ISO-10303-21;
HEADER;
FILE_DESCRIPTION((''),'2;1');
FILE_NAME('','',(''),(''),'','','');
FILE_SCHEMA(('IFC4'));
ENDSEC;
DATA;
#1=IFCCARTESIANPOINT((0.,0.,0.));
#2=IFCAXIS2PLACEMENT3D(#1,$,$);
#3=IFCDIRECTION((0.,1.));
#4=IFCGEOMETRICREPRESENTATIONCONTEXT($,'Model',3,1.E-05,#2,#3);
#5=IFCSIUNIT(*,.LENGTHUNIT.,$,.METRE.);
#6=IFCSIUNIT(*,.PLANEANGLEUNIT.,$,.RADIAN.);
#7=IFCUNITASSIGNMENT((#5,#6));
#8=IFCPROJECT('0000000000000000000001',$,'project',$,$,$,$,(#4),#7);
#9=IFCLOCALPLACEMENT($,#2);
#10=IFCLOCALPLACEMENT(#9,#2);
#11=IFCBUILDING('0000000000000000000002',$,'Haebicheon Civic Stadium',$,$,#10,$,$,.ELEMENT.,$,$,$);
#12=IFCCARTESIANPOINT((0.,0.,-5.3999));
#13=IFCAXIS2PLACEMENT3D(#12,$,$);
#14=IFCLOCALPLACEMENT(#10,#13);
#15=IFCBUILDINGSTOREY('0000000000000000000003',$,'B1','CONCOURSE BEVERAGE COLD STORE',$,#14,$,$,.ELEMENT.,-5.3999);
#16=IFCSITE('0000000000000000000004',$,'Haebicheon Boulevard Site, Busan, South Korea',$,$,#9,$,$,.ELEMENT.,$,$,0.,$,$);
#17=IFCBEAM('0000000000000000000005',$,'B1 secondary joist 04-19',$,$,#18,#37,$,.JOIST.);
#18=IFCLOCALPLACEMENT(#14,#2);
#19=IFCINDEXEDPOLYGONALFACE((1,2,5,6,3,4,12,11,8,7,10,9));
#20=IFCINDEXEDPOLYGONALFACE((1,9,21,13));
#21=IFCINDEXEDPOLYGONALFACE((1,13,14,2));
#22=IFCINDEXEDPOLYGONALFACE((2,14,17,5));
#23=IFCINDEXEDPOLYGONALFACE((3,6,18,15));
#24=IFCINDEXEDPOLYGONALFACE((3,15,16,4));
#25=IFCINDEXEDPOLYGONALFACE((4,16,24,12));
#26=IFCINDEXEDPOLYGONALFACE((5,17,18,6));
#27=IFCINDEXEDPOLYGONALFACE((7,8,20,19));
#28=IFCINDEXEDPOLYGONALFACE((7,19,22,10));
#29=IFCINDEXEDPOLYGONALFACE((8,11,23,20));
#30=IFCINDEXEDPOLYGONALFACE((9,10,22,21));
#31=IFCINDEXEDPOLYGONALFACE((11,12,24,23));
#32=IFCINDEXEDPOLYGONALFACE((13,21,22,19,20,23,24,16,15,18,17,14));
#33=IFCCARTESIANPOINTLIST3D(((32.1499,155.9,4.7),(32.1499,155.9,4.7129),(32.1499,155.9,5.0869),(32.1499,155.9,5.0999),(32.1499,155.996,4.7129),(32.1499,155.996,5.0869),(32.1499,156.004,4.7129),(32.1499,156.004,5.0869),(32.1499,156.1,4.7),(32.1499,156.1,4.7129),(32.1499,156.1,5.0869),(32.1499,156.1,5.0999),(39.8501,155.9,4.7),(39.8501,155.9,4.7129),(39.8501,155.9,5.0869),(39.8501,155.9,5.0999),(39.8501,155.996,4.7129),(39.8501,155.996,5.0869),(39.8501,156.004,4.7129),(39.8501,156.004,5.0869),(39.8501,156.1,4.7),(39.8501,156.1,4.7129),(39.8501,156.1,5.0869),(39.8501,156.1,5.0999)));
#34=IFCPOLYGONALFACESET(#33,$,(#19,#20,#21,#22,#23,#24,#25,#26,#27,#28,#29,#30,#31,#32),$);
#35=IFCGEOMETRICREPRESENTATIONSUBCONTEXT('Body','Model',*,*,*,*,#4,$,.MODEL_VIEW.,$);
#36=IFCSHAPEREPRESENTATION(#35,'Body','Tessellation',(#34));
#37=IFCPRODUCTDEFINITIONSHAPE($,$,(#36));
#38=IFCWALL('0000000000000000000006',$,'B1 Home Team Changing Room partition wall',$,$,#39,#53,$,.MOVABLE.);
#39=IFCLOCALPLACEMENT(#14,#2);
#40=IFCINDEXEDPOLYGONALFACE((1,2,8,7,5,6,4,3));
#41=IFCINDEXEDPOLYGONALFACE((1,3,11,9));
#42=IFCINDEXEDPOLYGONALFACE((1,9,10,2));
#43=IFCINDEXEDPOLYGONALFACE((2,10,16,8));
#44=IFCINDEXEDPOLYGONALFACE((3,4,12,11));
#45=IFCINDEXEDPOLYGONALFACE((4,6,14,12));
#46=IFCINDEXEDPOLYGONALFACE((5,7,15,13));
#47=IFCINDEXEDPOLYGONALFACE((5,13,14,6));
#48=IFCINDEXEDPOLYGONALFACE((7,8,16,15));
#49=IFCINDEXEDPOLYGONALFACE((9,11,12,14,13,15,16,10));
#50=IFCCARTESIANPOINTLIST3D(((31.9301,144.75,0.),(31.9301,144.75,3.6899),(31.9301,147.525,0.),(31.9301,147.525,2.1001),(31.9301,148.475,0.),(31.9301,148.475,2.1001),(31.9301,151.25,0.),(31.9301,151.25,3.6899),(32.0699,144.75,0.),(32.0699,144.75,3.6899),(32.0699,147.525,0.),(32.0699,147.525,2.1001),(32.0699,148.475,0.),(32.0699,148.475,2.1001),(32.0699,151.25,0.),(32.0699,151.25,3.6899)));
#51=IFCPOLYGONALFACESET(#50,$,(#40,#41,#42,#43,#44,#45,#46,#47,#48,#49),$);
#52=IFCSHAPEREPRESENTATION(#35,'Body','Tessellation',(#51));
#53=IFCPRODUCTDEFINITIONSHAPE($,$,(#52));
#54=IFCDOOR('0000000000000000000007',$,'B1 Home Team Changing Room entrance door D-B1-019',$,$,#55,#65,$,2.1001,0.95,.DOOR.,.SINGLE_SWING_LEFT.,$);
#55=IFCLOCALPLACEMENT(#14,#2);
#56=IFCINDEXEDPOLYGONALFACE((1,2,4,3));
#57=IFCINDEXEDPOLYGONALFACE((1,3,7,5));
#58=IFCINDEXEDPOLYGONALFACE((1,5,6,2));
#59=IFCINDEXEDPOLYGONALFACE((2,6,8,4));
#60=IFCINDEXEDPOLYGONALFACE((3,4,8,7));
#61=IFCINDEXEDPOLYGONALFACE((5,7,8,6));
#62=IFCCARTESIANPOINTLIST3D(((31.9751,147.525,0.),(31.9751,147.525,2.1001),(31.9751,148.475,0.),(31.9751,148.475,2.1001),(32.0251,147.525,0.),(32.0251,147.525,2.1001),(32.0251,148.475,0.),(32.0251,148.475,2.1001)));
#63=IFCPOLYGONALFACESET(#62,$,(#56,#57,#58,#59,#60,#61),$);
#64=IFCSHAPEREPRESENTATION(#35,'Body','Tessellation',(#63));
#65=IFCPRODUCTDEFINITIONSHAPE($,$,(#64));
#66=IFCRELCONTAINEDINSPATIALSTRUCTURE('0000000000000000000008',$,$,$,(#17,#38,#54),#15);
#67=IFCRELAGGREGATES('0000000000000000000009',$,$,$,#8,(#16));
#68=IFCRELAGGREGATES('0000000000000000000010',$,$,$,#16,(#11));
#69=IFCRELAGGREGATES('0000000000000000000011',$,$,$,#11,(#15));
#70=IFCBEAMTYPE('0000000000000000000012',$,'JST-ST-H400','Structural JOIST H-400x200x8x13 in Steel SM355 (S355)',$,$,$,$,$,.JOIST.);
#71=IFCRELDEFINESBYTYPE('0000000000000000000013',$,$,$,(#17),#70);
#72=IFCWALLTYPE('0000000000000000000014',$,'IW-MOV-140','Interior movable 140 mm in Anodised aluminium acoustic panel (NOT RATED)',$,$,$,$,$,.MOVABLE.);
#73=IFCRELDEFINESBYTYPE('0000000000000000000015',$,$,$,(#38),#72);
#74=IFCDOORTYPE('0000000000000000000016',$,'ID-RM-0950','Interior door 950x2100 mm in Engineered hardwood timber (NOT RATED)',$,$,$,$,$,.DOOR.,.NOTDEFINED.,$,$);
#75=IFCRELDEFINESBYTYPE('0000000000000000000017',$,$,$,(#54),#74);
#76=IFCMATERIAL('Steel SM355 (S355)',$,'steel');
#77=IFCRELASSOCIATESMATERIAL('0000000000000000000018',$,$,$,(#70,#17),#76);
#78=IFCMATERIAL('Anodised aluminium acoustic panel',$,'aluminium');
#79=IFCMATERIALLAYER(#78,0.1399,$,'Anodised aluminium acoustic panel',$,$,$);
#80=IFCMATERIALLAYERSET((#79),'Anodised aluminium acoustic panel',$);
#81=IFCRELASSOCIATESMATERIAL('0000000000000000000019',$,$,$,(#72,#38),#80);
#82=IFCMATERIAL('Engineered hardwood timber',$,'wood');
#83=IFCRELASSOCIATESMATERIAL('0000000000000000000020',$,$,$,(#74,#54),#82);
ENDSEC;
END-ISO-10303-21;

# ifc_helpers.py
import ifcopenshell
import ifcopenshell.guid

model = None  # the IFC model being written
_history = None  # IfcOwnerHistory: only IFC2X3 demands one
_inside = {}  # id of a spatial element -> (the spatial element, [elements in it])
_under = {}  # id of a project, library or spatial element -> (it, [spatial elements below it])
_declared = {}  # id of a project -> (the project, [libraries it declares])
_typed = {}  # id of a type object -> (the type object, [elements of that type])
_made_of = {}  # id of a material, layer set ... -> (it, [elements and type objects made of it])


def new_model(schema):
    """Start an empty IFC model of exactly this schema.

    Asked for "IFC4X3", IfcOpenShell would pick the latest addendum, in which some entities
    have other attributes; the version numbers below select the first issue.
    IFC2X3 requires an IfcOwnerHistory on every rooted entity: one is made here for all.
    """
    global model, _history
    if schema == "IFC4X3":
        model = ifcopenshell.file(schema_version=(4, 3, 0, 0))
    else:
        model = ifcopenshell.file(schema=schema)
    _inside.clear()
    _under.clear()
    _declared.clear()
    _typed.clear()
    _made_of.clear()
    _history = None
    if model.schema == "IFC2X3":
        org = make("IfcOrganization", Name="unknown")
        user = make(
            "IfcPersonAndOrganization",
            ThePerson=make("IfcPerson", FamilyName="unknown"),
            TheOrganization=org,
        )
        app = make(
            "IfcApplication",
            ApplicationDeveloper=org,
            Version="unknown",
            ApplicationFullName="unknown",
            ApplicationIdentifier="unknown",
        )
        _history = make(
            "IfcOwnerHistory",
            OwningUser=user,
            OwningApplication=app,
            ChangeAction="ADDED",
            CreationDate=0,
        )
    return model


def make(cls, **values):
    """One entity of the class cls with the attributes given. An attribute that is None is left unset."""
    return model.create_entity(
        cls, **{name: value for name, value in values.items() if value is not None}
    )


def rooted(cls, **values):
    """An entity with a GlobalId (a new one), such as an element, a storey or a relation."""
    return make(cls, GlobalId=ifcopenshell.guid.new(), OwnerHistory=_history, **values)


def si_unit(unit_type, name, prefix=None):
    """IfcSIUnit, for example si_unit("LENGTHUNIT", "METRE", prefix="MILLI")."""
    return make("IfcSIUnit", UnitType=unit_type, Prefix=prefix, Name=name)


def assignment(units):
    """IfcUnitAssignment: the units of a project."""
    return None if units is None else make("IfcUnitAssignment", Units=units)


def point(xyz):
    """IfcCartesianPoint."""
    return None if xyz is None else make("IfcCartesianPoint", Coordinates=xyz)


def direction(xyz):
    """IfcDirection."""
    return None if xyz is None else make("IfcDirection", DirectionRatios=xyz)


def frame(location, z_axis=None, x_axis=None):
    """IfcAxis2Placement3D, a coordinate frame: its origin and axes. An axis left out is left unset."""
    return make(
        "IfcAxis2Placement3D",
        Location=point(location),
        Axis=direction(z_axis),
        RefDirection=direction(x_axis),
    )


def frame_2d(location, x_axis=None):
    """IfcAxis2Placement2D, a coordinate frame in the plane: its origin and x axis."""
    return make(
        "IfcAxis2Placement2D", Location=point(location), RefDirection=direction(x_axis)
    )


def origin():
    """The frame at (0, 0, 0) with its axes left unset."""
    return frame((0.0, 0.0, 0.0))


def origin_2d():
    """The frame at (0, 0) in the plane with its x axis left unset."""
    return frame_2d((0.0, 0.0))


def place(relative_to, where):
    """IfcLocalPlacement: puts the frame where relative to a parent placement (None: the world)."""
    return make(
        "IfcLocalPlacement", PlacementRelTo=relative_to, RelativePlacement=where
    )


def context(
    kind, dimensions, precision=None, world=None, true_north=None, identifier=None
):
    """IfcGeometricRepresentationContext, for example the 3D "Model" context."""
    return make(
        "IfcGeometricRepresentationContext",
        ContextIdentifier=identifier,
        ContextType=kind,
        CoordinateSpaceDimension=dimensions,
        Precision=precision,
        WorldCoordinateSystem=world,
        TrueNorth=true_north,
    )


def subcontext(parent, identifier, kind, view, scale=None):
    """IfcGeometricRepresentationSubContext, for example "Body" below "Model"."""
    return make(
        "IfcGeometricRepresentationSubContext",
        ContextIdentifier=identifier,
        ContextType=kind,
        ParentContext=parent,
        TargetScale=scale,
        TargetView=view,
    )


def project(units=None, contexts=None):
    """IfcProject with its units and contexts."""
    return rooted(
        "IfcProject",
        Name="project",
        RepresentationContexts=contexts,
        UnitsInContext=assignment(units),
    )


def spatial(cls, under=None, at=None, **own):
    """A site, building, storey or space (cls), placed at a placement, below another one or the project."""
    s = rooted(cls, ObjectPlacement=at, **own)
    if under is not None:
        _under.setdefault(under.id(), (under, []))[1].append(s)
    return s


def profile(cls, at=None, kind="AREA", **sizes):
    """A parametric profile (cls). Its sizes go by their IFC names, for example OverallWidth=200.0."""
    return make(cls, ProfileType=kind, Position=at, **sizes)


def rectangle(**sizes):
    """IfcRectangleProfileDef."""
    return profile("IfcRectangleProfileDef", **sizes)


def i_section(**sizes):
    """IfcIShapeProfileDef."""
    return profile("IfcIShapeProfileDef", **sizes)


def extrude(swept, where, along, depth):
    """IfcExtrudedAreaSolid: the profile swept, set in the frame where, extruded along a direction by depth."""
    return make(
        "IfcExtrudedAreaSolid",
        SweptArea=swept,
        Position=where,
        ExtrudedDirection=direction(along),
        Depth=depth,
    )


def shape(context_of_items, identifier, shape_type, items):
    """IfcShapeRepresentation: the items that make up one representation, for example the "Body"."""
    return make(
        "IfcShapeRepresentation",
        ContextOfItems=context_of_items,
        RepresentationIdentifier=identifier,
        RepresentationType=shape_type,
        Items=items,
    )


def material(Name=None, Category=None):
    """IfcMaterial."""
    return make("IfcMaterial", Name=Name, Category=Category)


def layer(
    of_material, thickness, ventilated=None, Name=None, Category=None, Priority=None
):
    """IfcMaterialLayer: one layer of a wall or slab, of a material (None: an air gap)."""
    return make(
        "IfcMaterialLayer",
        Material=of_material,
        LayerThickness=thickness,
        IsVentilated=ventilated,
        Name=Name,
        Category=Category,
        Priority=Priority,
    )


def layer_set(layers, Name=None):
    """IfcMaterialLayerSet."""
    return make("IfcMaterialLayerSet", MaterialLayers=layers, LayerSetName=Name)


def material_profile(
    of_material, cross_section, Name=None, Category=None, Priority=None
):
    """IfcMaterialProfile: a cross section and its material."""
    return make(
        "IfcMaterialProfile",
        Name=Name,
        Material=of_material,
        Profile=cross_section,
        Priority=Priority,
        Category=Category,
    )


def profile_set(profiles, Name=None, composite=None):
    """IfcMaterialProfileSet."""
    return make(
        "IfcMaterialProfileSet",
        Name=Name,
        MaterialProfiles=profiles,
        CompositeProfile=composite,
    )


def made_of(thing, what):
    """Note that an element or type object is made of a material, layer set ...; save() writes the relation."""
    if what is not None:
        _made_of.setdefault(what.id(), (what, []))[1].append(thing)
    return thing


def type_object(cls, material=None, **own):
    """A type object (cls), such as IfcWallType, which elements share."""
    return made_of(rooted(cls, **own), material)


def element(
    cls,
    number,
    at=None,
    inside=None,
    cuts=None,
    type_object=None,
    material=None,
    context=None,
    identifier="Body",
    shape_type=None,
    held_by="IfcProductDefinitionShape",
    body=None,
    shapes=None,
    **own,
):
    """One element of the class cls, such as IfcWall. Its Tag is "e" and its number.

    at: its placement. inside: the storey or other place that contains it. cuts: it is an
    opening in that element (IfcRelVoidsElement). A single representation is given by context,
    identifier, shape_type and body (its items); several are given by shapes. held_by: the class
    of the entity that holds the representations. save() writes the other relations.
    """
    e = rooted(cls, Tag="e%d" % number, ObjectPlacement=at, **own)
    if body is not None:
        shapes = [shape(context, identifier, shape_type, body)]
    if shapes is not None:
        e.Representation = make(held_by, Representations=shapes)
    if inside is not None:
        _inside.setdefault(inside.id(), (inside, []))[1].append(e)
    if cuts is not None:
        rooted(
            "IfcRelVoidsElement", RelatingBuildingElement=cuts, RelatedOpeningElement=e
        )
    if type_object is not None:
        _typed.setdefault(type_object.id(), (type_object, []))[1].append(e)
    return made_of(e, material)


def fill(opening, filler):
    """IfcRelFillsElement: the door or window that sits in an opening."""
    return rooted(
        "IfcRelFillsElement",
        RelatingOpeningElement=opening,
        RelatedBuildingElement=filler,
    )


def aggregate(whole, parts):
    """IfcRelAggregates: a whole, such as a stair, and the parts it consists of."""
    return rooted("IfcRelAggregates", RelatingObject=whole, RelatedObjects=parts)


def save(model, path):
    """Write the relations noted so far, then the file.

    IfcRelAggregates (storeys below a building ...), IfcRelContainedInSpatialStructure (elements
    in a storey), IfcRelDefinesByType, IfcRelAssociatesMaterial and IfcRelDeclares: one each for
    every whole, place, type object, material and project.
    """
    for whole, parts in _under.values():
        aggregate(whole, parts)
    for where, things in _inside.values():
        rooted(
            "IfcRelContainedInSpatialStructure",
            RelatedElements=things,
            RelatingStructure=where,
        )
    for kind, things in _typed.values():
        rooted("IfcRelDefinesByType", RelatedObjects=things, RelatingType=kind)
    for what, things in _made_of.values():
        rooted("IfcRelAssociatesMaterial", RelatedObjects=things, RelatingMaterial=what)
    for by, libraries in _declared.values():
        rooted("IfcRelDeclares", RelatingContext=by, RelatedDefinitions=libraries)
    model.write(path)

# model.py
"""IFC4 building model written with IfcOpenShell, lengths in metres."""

from ifc_helpers import new_model, si_unit, direction, frame, frame_2d, origin, origin_2d, place, context, subcontext, project, spatial, rectangle, i_section, extrude, material, layer, layer_set, material_profile, profile_set, type_object, element, fill, save


model = new_model("IFC4")

# Units and contexts
model_context = context("Model", 3, precision=1e-05, world=origin(), true_north=direction((0.0, 1.0)))
body_context = subcontext(model_context, "Body", "Model", "MODEL_VIEW")
ifc_project = project(units=[si_unit("LENGTHUNIT", "METRE"), si_unit("PLANEANGLEUNIT", "RADIAN")], contexts=[model_context])

# Site, building, storey
site_placement = place(None, origin())
site = spatial("IfcSite", under=ifc_project, at=site_placement, Name="Haebicheon Boulevard Site, Busan, South Korea", CompositionType="ELEMENT", RefElevation=0.0)
building_placement = place(site_placement, origin())
building = spatial("IfcBuilding", under=site, at=building_placement, Name="Haebicheon Civic Stadium", CompositionType="ELEMENT")
storey_placement = place(building_placement, frame((0.0, 0.0, -5.3999)))
storey = spatial("IfcBuildingStorey", under=building, at=storey_placement, Name="B1", Description="CONCOURSE BEVERAGE COLD STORE", CompositionType="ELEMENT", Elevation=-5.3999)

# Beam
ifc_material_1 = material(Name="Steel SM355 (S355)", Category="steel")
ifc_material_profile_1 = material_profile(ifc_material_1, i_section(OverallWidth=0.2, OverallDepth=0.3999, WebThickness=0.0081, FlangeThickness=0.0129, at=origin_2d()), Name="H-400x200x8x13")
ifc_profile_set_1 = profile_set([ifc_material_profile_1], Name="Steel SM355 (S355)")
beam_type_1 = type_object("IfcBeamType", Name="JST-ST-H400", Description="Structural JOIST H-400x200x8x13 in Steel SM355 (S355)", PredefinedType="JOIST", material=ifc_profile_set_1)
for number, where, z_axis, x_axis, name in (
    (1, (32.1499, 156.0, 4.8999), (1.0, 0.0, 0.0), (0.0, 1.0, 0.0), "B1 secondary joist 04-19"),
):
    element("IfcBeam", number, at=place(storey_placement, frame(where, z_axis=z_axis, x_axis=x_axis)), inside=storey, type_object=beam_type_1, material=ifc_profile_set_1, Name=name, PredefinedType="JOIST", context=body_context, shape_type="SweptSolid", body=[
        extrude(i_section(OverallWidth=0.2, OverallDepth=0.3999, WebThickness=0.0081, FlangeThickness=0.0129, at=origin_2d()), origin(), (0.0, 0.0, 1.0), 7.7002),
    ])

# Wall, opening, door
ifc_material_2 = material(Name="Anodised aluminium acoustic panel", Category="aluminium")
ifc_layer_1 = layer(ifc_material_2, 0.1399, Name="Anodised aluminium acoustic panel")
ifc_layer_set_1 = layer_set([ifc_layer_1], Name="Anodised aluminium acoustic panel")
wall_type = type_object("IfcWallType", Name="IW-MOV-140", Description="Interior movable 140 mm in Anodised aluminium acoustic panel (NOT RATED)", PredefinedType="MOVABLE", material=ifc_layer_set_1)
wall_placement = place(storey_placement, frame((32.0, 144.75, 0.0), z_axis=(0.0, 0.0, 1.0), x_axis=(0.0, 1.0, 0.0)))
wall = element("IfcWall", 2, at=wall_placement, inside=storey, type_object=wall_type, material=ifc_layer_set_1, Name="B1 Home Team Changing Room partition wall", PredefinedType="MOVABLE", context=body_context, shape_type="SweptSolid", body=[
    extrude(rectangle(XDim=6.5, YDim=0.1399, at=frame_2d((3.25, 0.0))), origin(), (0.0, 0.0, 1.0), 3.6899),
])
opening_placement = place(wall_placement, frame((2.7749, 0.0, 0.0)))
opening = element("IfcOpeningElement", 3, at=opening_placement, cuts=wall, PredefinedType="OPENING", context=body_context, shape_type="SweptSolid", body=[
    extrude(rectangle(XDim=0.95, YDim=2.1001, at=frame_2d((0.4751, 1.05))), frame((0.0, 0.0798, 0.0), z_axis=(0.0, -1.0, 0.0), x_axis=(1.0, 0.0, 0.0)), (0.0, 0.0, 1.0), 0.1599),
])
ifc_material_3 = material(Name="Engineered hardwood timber", Category="wood")
door_type = type_object("IfcDoorType", Name="ID-RM-0950", Description="Interior door 950x2100 mm in Engineered hardwood timber (NOT RATED)", OperationType="NOTDEFINED", PredefinedType="DOOR", material=ifc_material_3)
door_placement = place(opening_placement, origin())
door = element("IfcDoor", 4, at=door_placement, inside=storey, type_object=door_type, material=ifc_material_3, Name="B1 Home Team Changing Room entrance door D-B1-019", OperationType="SINGLE_SWING_LEFT", OverallHeight=2.1001, OverallWidth=0.95, PredefinedType="DOOR", context=body_context, shape_type="SweptSolid", body=[
    extrude(rectangle(XDim=0.95, YDim=2.1001, at=frame_2d((0.4751, 1.05))), frame((0.0, 0.0249, 0.0), z_axis=(0.0, -1.0, 0.0), x_axis=(1.0, 0.0, 0.0)), (0.0, 0.0, 1.0), 0.05),
])
fill(opening, door)

save(model, "model.ifc")
